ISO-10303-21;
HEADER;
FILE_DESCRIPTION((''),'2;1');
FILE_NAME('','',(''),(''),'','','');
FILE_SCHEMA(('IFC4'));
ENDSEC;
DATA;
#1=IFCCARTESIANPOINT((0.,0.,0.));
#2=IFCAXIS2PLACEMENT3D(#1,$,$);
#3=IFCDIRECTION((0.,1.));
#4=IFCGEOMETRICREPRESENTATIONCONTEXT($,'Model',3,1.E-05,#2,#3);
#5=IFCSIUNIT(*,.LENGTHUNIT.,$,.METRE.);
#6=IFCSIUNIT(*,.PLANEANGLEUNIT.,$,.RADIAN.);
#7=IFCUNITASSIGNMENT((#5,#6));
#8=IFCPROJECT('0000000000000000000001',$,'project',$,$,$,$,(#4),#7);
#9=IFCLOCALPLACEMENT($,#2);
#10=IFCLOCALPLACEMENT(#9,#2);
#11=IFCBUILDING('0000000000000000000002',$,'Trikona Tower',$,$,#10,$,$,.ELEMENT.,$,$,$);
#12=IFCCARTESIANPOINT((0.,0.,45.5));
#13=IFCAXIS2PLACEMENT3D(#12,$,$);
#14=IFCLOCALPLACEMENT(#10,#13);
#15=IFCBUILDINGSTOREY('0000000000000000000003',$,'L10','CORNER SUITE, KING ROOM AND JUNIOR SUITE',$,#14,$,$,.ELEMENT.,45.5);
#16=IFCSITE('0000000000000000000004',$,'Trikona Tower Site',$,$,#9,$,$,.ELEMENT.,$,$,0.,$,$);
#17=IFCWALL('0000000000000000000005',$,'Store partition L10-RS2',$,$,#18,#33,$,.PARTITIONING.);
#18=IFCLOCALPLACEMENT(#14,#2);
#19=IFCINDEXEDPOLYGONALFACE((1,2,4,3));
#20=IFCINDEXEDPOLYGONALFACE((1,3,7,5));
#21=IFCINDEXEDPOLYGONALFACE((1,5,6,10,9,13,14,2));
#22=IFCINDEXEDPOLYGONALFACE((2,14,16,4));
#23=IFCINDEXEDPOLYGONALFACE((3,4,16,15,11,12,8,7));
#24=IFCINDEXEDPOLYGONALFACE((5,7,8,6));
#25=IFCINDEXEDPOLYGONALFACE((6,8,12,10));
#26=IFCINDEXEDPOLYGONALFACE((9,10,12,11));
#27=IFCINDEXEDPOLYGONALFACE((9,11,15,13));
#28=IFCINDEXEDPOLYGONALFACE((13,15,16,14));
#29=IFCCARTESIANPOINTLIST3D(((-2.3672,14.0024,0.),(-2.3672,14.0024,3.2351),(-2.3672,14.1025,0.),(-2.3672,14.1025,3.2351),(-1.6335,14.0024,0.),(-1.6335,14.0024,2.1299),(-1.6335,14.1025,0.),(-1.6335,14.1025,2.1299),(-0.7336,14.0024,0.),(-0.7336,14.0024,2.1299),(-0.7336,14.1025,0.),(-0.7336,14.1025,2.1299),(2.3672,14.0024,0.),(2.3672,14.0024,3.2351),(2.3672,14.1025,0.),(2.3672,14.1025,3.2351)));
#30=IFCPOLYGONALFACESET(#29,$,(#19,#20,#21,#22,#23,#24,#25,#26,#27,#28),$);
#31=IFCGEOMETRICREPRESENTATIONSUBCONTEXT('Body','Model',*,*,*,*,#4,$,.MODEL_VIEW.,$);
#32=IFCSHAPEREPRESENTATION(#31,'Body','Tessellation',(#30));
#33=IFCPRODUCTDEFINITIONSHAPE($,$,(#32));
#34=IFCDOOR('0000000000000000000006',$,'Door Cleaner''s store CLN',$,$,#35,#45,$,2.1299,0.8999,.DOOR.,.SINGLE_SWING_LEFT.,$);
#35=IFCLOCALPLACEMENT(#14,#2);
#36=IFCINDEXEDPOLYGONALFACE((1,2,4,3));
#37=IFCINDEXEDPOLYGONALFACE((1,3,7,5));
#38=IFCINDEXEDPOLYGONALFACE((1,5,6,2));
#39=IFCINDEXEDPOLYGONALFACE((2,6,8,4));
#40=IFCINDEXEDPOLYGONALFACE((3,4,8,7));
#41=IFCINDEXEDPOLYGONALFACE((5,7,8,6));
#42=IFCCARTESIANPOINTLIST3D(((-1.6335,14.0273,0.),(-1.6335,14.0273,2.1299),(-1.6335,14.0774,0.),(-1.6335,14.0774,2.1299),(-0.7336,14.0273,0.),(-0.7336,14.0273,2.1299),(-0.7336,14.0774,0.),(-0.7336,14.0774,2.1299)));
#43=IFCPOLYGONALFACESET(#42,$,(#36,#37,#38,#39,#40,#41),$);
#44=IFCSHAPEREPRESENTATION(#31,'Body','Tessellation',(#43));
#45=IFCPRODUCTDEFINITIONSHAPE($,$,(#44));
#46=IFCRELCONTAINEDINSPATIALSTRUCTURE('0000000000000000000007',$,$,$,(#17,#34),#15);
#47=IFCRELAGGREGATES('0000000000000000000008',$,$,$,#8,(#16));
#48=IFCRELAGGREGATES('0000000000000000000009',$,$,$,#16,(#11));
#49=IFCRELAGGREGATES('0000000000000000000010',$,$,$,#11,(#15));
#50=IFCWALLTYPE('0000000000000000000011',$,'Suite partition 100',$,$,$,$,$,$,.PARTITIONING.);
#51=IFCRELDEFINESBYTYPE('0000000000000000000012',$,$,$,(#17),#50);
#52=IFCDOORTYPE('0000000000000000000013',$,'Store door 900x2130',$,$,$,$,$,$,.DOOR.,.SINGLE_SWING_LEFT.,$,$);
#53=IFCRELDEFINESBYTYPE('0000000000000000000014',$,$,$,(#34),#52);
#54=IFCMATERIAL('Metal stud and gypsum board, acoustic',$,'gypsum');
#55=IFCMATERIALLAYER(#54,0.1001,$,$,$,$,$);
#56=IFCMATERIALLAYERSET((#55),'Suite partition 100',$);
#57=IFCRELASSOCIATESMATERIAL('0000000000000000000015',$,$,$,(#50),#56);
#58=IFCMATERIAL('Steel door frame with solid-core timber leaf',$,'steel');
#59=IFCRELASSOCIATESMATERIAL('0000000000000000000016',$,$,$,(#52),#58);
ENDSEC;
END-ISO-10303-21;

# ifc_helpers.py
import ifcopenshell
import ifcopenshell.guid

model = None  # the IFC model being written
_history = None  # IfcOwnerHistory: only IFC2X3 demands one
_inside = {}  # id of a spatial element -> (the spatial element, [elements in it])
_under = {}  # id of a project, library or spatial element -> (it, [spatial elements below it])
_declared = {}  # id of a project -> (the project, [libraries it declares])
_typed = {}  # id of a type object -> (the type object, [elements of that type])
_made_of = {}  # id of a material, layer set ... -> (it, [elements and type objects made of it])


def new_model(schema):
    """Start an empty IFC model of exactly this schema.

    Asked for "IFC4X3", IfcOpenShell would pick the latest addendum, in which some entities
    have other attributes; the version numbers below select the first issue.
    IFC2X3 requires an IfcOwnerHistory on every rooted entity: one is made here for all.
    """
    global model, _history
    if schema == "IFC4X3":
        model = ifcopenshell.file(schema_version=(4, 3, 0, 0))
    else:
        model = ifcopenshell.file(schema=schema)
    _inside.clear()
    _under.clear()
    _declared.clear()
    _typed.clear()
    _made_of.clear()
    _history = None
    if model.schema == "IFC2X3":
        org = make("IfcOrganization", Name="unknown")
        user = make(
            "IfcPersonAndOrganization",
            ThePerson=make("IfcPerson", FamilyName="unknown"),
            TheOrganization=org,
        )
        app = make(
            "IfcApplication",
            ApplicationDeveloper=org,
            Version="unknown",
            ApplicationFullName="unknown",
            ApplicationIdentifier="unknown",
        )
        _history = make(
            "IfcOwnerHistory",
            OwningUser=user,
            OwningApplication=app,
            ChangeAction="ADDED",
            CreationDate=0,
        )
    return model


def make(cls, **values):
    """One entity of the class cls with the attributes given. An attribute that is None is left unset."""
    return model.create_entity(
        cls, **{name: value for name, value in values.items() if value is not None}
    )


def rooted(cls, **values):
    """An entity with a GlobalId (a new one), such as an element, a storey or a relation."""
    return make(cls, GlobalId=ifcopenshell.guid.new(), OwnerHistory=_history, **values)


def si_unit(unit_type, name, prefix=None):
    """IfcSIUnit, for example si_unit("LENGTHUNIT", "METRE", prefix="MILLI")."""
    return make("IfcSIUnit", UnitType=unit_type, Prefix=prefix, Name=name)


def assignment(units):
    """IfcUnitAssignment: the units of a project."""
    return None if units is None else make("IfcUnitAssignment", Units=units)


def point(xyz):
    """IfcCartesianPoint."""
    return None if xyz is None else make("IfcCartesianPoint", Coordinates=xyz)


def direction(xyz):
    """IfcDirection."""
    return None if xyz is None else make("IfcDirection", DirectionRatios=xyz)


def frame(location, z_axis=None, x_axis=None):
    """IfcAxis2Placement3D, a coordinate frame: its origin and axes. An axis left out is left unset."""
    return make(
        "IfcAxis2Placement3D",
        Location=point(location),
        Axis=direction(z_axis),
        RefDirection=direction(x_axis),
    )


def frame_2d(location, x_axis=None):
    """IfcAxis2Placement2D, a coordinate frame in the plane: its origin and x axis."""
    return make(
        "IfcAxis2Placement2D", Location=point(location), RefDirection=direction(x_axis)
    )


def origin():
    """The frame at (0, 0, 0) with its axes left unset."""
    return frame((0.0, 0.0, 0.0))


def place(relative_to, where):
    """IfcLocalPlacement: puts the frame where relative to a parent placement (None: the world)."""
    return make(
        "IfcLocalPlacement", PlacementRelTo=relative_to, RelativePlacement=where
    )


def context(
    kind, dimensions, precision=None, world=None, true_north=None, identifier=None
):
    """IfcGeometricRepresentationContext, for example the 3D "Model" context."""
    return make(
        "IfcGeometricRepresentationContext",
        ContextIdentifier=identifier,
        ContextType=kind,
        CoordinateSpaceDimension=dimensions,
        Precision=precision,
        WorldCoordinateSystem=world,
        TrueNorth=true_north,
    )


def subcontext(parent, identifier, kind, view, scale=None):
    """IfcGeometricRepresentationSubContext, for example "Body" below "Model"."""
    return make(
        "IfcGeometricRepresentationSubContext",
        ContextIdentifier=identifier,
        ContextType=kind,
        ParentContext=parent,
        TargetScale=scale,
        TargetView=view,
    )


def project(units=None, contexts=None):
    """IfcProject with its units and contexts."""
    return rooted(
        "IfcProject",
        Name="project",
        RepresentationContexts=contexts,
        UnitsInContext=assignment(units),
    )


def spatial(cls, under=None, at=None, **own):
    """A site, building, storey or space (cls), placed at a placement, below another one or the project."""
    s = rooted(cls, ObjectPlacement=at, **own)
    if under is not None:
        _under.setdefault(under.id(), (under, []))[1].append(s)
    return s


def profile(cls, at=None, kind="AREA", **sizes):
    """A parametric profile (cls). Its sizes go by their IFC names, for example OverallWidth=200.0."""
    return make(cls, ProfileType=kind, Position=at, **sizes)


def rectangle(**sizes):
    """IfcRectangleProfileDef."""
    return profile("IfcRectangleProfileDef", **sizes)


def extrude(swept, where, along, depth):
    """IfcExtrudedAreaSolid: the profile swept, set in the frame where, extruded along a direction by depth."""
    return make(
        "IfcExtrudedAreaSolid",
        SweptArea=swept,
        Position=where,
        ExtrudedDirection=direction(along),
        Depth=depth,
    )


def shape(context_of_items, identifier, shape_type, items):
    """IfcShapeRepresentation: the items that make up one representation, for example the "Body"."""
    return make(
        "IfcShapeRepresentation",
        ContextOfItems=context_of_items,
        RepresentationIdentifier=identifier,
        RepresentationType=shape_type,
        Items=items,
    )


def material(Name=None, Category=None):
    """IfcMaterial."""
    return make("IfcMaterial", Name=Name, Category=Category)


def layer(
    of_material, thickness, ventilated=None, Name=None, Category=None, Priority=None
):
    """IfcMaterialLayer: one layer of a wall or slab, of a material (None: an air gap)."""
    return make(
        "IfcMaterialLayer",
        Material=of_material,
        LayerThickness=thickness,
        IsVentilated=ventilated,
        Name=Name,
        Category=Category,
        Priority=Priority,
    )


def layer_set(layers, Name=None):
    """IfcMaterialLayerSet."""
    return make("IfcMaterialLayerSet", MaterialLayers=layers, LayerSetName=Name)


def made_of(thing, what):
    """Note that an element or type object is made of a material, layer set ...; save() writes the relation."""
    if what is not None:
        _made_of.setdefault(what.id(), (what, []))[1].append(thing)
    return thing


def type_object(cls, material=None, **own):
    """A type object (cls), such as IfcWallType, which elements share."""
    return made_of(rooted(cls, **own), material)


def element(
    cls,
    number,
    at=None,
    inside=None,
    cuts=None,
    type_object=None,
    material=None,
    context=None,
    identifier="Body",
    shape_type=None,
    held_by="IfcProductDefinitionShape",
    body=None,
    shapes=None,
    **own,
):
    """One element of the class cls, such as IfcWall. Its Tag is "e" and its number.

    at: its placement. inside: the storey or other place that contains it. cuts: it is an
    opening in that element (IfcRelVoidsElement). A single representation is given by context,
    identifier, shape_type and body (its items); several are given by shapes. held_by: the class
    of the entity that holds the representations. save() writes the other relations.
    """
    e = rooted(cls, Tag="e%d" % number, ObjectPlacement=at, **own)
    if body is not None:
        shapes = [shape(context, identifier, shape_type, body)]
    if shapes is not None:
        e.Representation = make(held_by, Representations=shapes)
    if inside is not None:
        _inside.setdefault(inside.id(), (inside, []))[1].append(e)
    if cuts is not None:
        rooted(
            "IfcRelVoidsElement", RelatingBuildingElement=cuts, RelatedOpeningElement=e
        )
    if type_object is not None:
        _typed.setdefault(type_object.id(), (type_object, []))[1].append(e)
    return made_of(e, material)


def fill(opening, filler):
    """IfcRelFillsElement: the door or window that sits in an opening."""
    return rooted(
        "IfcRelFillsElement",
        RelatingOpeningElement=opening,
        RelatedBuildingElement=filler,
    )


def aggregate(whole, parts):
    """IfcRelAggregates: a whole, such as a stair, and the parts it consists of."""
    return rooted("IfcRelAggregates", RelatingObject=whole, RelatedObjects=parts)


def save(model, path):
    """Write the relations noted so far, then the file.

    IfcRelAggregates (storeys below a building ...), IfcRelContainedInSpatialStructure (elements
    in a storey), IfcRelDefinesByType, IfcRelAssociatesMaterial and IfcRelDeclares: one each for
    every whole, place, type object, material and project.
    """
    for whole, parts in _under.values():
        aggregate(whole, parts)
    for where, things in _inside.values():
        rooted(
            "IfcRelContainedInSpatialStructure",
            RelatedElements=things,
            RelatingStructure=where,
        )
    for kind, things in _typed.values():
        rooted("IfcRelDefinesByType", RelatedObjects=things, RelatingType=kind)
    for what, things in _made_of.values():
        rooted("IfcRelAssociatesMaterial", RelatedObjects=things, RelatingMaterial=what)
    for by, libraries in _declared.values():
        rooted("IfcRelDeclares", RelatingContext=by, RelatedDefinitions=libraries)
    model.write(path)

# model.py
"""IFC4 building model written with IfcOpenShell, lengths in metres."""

from ifc_helpers import new_model, si_unit, direction, frame, frame_2d, origin, place, context, subcontext, project, spatial, rectangle, extrude, material, layer, layer_set, type_object, element, fill, save


model = new_model("IFC4")

# Units and contexts
model_context = context("Model", 3, precision=1e-05, world=origin(), true_north=direction((0.0, 1.0)))
body_context = subcontext(model_context, "Body", "Model", "MODEL_VIEW")
ifc_project = project(units=[si_unit("LENGTHUNIT", "METRE"), si_unit("PLANEANGLEUNIT", "RADIAN")], contexts=[model_context])

# Site, building, storey
site_placement = place(None, origin())
site = spatial("IfcSite", under=ifc_project, at=site_placement, Name="Trikona Tower Site", CompositionType="ELEMENT", RefElevation=0.0)
building_placement = place(site_placement, origin())
building = spatial("IfcBuilding", under=site, at=building_placement, Name="Trikona Tower", CompositionType="ELEMENT")
storey_placement = place(building_placement, frame((0.0, 0.0, 45.5)))
storey = spatial("IfcBuildingStorey", under=building, at=storey_placement, Name="L10", Description="CORNER SUITE, KING ROOM AND JUNIOR SUITE", CompositionType="ELEMENT", Elevation=45.5)

# Wall, opening, door
ifc_material_1 = material(Name="Metal stud and gypsum board, acoustic", Category="gypsum")
ifc_layer_1 = layer(ifc_material_1, 0.1001)
ifc_layer_set_1 = layer_set([ifc_layer_1], Name="Suite partition 100")
wall_type_1 = type_object("IfcWallType", Name="Suite partition 100", PredefinedType="PARTITIONING", material=ifc_layer_set_1)
wall_1_placement = place(storey_placement, frame((-2.3672, 14.0525, 0.0), z_axis=(0.0, 0.0, 1.0), x_axis=(1.0, 0.0, 0.0)))
wall_1 = element("IfcWall", 1, at=wall_1_placement, inside=storey, type_object=wall_type_1, Name="Store partition L10-RS2", PredefinedType="PARTITIONING", context=body_context, shape_type="SweptSolid", body=[
    extrude(rectangle(XDim=4.7344, YDim=0.1001, at=frame_2d((2.3672, 0.0))), origin(), (0.0, 0.0, 1.0), 3.2351),
])
opening_1_placement = place(wall_1_placement, frame((0.7336, 0.0, 0.0)))
opening_1 = element("IfcOpeningElement", 2, at=opening_1_placement, cuts=wall_1, PredefinedType="OPENING", context=body_context, shape_type="SweptSolid", body=[
    extrude(rectangle(XDim=0.8999, YDim=2.1299, at=frame_2d((0.45, 1.0649))), frame((0.0, 0.0601, 0.0), z_axis=(0.0, -1.0, 0.0), x_axis=(1.0, 0.0, 0.0)), (0.0, 0.0, 1.0), 0.1201),
])
ifc_material_2 = material(Name="Steel door frame with solid-core timber leaf", Category="steel")
door_type_1 = type_object("IfcDoorType", Name="Store door 900x2130", OperationType="SINGLE_SWING_LEFT", PredefinedType="DOOR", material=ifc_material_2)
door_1_placement = place(opening_1_placement, origin())
door_1 = element("IfcDoor", 3, at=door_1_placement, inside=storey, type_object=door_type_1, Name="Door Cleaner's store CLN", OperationType="SINGLE_SWING_LEFT", OverallHeight=2.1299, OverallWidth=0.8999, PredefinedType="DOOR", context=body_context, shape_type="SweptSolid", body=[
    extrude(rectangle(XDim=0.8999, YDim=2.1299, at=frame_2d((0.45, 1.0649))), frame((0.0, 0.0249, 0.0), z_axis=(0.0, -1.0, 0.0), x_axis=(1.0, 0.0, 0.0)), (0.0, 0.0, 1.0), 0.05),
])
fill(opening_1, door_1)

save(model, "model.ifc")
